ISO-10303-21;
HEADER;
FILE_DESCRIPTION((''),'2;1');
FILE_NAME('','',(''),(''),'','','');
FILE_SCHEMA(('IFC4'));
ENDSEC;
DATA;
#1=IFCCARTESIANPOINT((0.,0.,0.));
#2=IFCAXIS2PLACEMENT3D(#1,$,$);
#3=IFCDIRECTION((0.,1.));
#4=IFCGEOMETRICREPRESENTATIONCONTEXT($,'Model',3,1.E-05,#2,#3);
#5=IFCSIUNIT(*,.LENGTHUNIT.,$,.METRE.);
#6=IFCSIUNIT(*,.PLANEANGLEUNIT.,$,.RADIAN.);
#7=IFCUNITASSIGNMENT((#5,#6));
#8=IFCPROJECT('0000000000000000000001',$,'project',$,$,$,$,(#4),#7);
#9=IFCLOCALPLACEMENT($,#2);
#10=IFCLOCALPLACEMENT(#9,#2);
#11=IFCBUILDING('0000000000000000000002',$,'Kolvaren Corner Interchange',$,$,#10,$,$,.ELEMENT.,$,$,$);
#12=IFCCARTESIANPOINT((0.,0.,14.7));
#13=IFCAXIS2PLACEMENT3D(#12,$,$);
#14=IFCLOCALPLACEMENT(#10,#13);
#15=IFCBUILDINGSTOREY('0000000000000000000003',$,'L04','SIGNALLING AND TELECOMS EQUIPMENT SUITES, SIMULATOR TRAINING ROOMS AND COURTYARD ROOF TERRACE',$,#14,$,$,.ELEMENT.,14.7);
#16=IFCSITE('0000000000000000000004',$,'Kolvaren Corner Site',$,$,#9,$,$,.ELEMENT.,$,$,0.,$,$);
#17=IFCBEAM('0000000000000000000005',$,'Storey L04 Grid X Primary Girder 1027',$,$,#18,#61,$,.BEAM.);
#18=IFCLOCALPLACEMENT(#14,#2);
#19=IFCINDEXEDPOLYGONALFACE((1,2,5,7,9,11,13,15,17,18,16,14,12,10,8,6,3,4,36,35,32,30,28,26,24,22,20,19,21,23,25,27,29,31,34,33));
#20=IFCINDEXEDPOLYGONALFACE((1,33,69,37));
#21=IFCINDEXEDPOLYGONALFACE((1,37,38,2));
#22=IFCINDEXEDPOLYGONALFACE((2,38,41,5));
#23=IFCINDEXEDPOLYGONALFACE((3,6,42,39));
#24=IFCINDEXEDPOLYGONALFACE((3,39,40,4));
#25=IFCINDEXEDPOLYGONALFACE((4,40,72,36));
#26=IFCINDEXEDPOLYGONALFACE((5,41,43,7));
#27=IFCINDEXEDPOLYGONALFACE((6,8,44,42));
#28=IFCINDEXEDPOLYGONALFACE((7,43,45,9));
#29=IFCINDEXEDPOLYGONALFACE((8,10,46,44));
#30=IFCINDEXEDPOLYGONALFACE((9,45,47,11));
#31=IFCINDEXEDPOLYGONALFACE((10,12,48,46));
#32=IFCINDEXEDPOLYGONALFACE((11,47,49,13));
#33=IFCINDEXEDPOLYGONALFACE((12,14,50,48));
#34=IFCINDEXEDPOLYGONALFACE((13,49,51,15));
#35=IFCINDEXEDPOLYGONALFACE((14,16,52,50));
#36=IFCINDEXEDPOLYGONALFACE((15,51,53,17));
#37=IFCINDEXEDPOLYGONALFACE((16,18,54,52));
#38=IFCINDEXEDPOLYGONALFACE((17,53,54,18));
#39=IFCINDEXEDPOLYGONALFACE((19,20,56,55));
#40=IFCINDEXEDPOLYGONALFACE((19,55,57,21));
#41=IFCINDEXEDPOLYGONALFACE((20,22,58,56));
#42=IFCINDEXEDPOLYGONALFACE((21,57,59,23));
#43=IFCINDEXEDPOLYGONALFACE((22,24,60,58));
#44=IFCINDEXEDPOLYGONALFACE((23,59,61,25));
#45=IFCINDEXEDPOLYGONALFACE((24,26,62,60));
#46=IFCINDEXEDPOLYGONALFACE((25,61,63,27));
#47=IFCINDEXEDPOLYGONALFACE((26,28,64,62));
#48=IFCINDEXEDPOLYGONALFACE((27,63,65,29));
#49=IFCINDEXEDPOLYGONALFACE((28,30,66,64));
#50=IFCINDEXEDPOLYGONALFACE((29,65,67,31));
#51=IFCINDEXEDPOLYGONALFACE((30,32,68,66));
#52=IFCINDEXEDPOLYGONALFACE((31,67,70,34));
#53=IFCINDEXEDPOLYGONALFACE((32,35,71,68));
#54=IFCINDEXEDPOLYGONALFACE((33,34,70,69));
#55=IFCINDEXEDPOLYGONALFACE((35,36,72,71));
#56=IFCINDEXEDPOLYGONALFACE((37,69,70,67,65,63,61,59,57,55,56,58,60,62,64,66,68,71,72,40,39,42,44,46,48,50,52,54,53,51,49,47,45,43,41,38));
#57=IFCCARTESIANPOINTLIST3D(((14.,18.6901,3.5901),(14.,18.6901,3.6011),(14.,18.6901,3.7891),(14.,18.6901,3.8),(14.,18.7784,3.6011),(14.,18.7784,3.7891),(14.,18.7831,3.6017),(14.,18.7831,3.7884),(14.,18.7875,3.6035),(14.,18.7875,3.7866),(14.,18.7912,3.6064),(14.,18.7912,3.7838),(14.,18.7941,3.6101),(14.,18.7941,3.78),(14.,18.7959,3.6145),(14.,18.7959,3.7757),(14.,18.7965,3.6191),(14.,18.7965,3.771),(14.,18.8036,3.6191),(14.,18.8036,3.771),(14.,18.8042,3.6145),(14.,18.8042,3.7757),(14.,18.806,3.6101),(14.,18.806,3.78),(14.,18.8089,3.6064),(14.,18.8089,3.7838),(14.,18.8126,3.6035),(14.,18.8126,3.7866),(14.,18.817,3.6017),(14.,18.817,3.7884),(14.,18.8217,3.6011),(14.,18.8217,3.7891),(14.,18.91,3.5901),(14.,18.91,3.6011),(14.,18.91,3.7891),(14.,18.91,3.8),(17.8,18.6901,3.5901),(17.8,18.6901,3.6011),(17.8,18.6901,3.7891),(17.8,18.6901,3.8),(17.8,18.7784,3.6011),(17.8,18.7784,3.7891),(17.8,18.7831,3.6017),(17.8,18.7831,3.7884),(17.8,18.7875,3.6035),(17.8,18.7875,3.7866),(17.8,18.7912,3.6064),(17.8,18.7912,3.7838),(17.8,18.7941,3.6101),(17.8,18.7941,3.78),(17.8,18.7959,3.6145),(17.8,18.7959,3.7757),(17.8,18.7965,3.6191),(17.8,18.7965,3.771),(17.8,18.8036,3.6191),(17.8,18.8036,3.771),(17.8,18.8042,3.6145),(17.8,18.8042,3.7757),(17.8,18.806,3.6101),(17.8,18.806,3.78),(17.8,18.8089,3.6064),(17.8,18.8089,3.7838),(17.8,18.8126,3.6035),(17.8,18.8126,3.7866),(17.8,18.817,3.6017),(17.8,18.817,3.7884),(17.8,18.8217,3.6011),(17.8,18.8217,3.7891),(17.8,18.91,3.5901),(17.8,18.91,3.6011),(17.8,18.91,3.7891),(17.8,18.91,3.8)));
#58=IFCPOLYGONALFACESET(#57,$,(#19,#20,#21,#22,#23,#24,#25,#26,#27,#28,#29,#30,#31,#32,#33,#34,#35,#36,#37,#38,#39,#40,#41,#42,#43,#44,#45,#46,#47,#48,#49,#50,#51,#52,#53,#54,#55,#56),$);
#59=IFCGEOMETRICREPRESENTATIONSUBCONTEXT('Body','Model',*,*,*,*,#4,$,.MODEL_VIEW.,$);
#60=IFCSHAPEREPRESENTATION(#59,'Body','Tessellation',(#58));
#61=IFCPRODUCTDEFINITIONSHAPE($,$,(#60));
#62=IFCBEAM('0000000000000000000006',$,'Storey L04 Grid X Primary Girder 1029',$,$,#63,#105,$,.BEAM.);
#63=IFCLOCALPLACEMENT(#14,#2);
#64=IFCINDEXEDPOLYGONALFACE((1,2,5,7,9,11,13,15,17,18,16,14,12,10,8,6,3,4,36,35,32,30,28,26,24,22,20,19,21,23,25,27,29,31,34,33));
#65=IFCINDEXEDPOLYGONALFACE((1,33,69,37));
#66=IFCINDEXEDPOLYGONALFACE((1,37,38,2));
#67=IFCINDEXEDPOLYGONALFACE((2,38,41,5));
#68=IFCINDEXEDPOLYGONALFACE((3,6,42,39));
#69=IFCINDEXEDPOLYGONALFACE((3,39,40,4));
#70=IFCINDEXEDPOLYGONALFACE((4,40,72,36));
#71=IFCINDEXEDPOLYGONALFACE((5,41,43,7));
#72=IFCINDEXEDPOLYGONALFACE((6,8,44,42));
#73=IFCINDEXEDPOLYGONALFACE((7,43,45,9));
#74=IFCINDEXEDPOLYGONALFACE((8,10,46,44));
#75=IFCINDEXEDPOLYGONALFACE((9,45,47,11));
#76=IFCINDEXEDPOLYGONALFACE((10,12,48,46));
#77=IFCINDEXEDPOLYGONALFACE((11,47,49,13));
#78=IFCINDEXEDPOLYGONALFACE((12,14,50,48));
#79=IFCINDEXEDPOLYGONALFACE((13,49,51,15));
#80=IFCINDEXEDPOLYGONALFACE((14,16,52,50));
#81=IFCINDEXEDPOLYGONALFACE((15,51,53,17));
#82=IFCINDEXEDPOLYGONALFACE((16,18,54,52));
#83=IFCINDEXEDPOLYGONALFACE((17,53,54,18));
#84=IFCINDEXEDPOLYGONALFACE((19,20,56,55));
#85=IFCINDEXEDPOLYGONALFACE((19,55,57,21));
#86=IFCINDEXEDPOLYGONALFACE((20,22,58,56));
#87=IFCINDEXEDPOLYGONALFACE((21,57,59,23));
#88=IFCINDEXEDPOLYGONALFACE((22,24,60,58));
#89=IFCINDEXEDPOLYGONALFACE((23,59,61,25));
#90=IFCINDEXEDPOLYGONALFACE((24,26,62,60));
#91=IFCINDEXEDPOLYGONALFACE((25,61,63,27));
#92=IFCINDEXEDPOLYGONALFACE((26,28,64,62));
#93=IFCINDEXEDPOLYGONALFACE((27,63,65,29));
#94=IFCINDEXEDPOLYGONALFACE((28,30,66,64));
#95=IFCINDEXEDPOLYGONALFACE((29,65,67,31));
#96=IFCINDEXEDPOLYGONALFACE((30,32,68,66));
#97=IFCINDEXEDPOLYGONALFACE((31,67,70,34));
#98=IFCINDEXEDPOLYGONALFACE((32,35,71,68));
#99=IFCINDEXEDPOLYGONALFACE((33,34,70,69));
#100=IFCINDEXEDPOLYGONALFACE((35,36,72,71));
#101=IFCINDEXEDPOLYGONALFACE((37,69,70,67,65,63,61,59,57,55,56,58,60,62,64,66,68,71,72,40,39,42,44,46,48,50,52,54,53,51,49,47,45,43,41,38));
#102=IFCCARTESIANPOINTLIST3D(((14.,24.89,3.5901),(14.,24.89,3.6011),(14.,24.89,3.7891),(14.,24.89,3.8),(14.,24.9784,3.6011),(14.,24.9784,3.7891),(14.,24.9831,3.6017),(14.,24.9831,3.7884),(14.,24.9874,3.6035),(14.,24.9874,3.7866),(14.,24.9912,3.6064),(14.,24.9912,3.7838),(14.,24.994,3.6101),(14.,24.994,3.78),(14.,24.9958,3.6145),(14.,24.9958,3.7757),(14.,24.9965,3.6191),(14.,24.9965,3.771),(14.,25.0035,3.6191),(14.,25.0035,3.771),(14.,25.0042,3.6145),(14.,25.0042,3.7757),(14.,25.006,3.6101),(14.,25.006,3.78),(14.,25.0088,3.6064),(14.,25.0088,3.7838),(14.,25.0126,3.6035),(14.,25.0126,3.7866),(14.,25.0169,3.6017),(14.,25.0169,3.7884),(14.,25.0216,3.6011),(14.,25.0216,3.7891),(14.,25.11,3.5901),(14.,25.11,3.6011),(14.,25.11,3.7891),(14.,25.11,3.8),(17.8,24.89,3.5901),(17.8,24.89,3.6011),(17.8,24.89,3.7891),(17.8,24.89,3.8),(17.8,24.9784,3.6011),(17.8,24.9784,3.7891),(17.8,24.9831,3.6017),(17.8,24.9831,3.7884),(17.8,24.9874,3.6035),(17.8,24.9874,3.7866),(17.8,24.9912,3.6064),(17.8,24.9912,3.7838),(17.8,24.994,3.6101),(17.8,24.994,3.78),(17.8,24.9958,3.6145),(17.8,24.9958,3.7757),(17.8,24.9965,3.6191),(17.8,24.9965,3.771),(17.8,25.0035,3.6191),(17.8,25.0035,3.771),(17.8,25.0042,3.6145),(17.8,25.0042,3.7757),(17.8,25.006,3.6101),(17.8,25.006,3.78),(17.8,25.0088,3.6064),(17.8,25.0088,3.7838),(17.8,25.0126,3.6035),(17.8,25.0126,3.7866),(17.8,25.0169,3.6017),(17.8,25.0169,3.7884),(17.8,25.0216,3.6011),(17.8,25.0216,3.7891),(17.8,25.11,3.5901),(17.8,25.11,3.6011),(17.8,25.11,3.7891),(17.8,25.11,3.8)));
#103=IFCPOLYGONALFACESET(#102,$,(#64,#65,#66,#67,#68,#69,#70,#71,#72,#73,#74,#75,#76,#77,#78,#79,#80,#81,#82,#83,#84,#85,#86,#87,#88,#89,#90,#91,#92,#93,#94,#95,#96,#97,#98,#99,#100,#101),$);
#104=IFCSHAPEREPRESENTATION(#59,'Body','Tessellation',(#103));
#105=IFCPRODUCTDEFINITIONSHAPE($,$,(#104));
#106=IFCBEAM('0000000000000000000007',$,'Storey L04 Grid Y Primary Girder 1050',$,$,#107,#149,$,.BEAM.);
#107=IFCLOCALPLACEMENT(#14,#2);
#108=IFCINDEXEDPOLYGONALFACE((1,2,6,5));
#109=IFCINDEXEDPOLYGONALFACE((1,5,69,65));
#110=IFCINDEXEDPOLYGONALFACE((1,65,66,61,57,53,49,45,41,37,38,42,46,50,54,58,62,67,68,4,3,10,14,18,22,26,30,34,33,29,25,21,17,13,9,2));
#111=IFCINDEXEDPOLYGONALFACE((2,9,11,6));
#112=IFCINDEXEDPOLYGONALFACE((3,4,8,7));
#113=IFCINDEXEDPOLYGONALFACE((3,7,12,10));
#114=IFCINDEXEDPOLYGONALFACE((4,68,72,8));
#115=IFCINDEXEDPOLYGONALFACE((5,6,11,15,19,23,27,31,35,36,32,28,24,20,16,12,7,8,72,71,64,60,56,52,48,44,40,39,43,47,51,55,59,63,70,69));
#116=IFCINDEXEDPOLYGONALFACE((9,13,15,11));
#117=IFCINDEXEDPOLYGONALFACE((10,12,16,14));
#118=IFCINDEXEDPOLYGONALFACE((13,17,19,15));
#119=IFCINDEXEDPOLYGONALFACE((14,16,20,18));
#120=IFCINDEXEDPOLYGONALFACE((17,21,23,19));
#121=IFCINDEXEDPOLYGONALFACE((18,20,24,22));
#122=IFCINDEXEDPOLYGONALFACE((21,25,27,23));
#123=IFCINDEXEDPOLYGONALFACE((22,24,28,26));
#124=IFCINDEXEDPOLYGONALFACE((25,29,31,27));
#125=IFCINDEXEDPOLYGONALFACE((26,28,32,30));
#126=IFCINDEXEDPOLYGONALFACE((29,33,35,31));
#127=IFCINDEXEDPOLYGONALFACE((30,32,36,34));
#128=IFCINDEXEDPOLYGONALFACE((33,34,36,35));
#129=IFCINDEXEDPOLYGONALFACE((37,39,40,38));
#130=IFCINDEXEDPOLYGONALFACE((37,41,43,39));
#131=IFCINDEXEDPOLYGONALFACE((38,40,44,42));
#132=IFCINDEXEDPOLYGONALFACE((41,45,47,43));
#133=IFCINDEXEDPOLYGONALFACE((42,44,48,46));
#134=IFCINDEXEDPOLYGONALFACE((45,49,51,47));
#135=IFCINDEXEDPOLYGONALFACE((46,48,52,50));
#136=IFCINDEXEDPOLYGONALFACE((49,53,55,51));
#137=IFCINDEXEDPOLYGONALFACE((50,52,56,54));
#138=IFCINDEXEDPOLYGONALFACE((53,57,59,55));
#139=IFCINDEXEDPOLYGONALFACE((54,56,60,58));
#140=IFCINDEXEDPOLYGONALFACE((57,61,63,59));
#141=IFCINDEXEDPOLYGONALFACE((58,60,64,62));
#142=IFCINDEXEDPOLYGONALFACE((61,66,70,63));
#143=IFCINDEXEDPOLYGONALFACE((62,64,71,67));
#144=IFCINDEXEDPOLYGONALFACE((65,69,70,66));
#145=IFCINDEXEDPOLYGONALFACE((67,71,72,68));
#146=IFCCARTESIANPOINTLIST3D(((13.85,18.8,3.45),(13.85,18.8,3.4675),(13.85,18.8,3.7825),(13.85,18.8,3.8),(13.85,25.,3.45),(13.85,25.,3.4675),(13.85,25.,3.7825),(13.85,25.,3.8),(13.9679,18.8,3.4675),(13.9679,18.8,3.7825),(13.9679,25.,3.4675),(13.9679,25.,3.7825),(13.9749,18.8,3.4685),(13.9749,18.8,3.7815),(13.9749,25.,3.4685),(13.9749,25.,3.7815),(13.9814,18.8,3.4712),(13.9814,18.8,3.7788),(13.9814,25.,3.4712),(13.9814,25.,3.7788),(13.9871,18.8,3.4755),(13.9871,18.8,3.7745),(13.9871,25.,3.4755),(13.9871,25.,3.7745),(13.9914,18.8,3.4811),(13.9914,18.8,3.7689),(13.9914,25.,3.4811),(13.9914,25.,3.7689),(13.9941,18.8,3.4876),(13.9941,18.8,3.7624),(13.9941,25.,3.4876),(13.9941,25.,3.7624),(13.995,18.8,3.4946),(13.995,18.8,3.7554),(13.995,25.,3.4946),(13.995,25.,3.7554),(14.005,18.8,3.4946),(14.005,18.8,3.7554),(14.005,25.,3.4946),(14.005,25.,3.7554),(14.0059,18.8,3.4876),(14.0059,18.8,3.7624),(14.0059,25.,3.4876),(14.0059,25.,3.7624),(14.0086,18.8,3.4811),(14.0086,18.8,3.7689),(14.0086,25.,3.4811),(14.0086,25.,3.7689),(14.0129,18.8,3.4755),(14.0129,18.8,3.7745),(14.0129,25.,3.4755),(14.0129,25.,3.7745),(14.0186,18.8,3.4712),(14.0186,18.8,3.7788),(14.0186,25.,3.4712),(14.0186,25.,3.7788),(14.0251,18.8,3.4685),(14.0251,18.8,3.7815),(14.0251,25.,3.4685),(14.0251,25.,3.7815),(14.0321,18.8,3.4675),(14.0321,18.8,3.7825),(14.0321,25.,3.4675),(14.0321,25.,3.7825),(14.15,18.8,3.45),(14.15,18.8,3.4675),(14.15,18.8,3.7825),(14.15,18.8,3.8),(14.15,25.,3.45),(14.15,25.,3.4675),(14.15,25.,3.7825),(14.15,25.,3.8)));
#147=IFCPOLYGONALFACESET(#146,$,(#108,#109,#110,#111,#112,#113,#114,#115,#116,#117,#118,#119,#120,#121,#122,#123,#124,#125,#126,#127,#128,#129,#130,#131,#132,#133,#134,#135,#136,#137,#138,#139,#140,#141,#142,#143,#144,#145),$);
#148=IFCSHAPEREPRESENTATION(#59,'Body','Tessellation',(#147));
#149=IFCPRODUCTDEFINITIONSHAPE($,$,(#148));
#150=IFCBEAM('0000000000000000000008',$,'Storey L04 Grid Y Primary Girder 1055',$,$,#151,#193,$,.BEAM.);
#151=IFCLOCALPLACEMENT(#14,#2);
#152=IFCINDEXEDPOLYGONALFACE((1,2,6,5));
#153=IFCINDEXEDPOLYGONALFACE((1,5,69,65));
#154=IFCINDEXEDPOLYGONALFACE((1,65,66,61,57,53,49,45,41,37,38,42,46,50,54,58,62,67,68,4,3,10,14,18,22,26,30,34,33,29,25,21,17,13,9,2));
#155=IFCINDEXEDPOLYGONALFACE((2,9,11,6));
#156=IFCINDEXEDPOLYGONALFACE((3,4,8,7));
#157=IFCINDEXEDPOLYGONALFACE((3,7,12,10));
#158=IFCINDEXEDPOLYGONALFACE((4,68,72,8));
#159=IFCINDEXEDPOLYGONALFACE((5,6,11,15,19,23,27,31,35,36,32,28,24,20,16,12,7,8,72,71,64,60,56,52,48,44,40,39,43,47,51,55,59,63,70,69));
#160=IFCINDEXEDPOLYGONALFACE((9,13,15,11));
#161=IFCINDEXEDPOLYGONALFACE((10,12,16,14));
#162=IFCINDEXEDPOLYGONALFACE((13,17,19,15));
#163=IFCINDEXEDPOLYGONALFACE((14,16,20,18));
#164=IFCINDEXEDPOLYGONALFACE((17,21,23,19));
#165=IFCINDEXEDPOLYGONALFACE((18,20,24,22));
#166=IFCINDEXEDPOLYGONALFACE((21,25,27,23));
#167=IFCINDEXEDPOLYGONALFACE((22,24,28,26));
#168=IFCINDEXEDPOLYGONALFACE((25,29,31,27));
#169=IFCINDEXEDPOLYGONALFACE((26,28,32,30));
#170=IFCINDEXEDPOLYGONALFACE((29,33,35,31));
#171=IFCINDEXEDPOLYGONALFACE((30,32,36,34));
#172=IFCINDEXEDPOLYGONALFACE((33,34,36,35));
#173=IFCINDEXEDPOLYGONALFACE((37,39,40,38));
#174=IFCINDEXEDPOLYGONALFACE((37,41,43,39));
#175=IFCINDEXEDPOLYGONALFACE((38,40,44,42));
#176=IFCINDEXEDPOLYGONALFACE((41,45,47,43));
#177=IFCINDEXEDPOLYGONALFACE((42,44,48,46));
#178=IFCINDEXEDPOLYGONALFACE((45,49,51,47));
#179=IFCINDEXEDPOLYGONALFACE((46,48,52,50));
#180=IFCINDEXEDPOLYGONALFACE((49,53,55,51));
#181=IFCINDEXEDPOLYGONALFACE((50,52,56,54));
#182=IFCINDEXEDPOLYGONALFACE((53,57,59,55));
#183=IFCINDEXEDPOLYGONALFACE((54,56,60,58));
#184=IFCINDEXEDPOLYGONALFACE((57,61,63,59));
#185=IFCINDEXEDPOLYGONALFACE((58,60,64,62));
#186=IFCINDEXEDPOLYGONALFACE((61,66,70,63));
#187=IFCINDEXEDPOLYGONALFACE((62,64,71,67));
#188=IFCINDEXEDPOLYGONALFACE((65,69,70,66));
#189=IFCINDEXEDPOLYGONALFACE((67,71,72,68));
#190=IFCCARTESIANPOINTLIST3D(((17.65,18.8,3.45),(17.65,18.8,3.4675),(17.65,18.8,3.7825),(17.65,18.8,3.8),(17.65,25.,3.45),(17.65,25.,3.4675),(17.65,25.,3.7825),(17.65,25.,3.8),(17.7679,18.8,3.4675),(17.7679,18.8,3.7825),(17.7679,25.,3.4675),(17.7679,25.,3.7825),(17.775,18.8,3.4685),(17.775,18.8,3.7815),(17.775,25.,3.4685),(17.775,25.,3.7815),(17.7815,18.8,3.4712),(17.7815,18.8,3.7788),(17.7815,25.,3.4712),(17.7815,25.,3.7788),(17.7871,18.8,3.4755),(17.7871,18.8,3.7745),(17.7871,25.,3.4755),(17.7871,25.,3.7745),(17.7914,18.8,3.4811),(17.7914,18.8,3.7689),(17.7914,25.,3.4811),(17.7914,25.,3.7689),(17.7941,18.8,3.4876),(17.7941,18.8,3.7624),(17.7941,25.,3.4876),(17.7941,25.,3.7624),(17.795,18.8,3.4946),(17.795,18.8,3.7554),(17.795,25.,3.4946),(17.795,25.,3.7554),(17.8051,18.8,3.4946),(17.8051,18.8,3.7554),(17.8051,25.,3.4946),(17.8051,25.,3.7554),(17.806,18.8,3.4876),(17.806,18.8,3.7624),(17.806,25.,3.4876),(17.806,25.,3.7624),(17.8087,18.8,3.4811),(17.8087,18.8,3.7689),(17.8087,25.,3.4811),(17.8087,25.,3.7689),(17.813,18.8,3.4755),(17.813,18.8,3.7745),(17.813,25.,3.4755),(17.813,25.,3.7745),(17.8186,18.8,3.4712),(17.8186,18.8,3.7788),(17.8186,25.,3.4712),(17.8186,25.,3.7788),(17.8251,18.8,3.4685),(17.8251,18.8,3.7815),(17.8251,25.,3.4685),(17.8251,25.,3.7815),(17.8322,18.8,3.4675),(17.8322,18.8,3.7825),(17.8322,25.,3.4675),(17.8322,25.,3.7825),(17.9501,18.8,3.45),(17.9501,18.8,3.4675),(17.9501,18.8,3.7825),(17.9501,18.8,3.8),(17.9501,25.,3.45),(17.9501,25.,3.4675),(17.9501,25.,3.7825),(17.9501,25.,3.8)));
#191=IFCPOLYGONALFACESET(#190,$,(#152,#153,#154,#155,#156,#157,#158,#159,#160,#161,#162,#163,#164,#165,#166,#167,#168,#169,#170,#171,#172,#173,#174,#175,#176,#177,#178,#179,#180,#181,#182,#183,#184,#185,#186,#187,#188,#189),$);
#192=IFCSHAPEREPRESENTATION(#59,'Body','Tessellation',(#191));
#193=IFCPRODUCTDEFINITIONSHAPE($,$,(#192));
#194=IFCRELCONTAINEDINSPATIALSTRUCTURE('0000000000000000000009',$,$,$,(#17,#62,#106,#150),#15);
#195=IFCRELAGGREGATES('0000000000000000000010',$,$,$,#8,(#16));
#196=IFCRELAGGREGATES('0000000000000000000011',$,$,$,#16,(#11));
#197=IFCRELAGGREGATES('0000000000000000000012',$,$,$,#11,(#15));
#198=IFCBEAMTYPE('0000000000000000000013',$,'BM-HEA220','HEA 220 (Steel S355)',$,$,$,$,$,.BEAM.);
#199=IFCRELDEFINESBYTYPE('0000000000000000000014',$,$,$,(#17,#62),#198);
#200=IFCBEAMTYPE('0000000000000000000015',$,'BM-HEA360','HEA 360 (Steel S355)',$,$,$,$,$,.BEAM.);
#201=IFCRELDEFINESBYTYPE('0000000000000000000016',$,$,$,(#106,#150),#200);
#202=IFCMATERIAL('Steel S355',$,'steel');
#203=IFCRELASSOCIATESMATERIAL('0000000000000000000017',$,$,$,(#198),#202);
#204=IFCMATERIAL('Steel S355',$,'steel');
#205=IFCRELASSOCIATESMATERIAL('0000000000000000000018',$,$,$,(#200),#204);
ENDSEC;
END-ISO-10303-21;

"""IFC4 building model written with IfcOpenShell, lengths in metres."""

from ifc_helpers import new_model, si_unit, direction, frame, origin, origin_2d, place, context, subcontext, project, spatial, i_section, extrude, material, material_profile, profile_set, type_object, element, save


model = new_model("IFC4")

# Units and contexts
model_context = context("Model", 3, precision=1e-05, world=origin(), true_north=direction((0.0, 1.0)))
body_context = subcontext(model_context, "Body", "Model", "MODEL_VIEW")
ifc_project = project(units=[si_unit("LENGTHUNIT", "METRE"), si_unit("PLANEANGLEUNIT", "RADIAN")], contexts=[model_context])

# Site, building, storey
site_placement = place(None, origin())
site = spatial("IfcSite", under=ifc_project, at=site_placement, Name="Kolvaren Corner Site", CompositionType="ELEMENT", RefElevation=0.0)
building_placement = place(site_placement, origin())
building = spatial("IfcBuilding", under=site, at=building_placement, Name="Kolvaren Corner Interchange", CompositionType="ELEMENT")
storey_placement = place(building_placement, frame((0.0, 0.0, 14.7)))
storey = spatial("IfcBuildingStorey", under=building, at=storey_placement, Name="L04", Description="SIGNALLING AND TELECOMS EQUIPMENT SUITES, SIMULATOR TRAINING ROOMS AND COURTYARD ROOF TERRACE", CompositionType="ELEMENT", Elevation=14.7)

# Beams
ifc_material_1 = material(Name="Steel S355", Category="steel")
ifc_material_profile_1 = material_profile(ifc_material_1, i_section(OverallWidth=0.22, OverallDepth=0.21, WebThickness=0.0071, FlangeThickness=0.011, FilletRadius=0.0181, at=origin_2d()), Name="HEA 220")
ifc_profile_set_1 = profile_set([ifc_material_profile_1], Name="Steel S355")
beam_type_1 = type_object("IfcBeamType", Name="BM-HEA220", Description="HEA 220 (Steel S355)", PredefinedType="BEAM", material=ifc_profile_set_1)
for number, where, z_axis, x_axis, name in (
    (1, (14.0, 18.8, 3.6951), (1.0, 0.0, 0.0), (0.0, 1.0, 0.0), "Storey L04 Grid X Primary Girder 1027"),
    (2, (14.0, 25.0, 3.6951), (1.0, 0.0, 0.0), (0.0, 1.0, 0.0), "Storey L04 Grid X Primary Girder 1029"),
):
    element("IfcBeam", number, at=place(storey_placement, frame(where, z_axis=z_axis, x_axis=x_axis)), inside=storey, type_object=beam_type_1, Name=name, PredefinedType="BEAM", context=body_context, shape_type="SweptSolid", body=[
        extrude(i_section(OverallWidth=0.22, OverallDepth=0.21, WebThickness=0.0071, FlangeThickness=0.011, FilletRadius=0.0181, at=origin_2d()), origin(), (0.0, 0.0, 1.0), 3.8),
    ])
ifc_material_2 = material(Name="Steel S355", Category="steel")
ifc_material_profile_2 = material_profile(ifc_material_2, i_section(OverallWidth=0.3, OverallDepth=0.3501, WebThickness=0.01, FlangeThickness=0.0176, FilletRadius=0.0271, at=origin_2d()), Name="HEA 360")
ifc_profile_set_2 = profile_set([ifc_material_profile_2], Name="Steel S355")
beam_type_2 = type_object("IfcBeamType", Name="BM-HEA360", Description="HEA 360 (Steel S355)", PredefinedType="BEAM", material=ifc_profile_set_2)
for number, where, z_axis, x_axis, name in (
    (3, (14.0, 18.8, 3.625), (0.0, 1.0, 0.0), (-1.0, 0.0, 0.0), "Storey L04 Grid Y Primary Girder 1050"),
    (4, (17.8, 18.8, 3.625), (0.0, 1.0, 0.0), (-1.0, 0.0, 0.0), "Storey L04 Grid Y Primary Girder 1055"),
):
    element("IfcBeam", number, at=place(storey_placement, frame(where, z_axis=z_axis, x_axis=x_axis)), inside=storey, type_object=beam_type_2, Name=name, PredefinedType="BEAM", context=body_context, shape_type="SweptSolid", body=[
        extrude(i_section(OverallWidth=0.3, OverallDepth=0.3501, WebThickness=0.01, FlangeThickness=0.0176, FilletRadius=0.0271, at=origin_2d()), origin(), (0.0, 0.0, 1.0), 6.2),
    ])

save(model, "model.ifc")
